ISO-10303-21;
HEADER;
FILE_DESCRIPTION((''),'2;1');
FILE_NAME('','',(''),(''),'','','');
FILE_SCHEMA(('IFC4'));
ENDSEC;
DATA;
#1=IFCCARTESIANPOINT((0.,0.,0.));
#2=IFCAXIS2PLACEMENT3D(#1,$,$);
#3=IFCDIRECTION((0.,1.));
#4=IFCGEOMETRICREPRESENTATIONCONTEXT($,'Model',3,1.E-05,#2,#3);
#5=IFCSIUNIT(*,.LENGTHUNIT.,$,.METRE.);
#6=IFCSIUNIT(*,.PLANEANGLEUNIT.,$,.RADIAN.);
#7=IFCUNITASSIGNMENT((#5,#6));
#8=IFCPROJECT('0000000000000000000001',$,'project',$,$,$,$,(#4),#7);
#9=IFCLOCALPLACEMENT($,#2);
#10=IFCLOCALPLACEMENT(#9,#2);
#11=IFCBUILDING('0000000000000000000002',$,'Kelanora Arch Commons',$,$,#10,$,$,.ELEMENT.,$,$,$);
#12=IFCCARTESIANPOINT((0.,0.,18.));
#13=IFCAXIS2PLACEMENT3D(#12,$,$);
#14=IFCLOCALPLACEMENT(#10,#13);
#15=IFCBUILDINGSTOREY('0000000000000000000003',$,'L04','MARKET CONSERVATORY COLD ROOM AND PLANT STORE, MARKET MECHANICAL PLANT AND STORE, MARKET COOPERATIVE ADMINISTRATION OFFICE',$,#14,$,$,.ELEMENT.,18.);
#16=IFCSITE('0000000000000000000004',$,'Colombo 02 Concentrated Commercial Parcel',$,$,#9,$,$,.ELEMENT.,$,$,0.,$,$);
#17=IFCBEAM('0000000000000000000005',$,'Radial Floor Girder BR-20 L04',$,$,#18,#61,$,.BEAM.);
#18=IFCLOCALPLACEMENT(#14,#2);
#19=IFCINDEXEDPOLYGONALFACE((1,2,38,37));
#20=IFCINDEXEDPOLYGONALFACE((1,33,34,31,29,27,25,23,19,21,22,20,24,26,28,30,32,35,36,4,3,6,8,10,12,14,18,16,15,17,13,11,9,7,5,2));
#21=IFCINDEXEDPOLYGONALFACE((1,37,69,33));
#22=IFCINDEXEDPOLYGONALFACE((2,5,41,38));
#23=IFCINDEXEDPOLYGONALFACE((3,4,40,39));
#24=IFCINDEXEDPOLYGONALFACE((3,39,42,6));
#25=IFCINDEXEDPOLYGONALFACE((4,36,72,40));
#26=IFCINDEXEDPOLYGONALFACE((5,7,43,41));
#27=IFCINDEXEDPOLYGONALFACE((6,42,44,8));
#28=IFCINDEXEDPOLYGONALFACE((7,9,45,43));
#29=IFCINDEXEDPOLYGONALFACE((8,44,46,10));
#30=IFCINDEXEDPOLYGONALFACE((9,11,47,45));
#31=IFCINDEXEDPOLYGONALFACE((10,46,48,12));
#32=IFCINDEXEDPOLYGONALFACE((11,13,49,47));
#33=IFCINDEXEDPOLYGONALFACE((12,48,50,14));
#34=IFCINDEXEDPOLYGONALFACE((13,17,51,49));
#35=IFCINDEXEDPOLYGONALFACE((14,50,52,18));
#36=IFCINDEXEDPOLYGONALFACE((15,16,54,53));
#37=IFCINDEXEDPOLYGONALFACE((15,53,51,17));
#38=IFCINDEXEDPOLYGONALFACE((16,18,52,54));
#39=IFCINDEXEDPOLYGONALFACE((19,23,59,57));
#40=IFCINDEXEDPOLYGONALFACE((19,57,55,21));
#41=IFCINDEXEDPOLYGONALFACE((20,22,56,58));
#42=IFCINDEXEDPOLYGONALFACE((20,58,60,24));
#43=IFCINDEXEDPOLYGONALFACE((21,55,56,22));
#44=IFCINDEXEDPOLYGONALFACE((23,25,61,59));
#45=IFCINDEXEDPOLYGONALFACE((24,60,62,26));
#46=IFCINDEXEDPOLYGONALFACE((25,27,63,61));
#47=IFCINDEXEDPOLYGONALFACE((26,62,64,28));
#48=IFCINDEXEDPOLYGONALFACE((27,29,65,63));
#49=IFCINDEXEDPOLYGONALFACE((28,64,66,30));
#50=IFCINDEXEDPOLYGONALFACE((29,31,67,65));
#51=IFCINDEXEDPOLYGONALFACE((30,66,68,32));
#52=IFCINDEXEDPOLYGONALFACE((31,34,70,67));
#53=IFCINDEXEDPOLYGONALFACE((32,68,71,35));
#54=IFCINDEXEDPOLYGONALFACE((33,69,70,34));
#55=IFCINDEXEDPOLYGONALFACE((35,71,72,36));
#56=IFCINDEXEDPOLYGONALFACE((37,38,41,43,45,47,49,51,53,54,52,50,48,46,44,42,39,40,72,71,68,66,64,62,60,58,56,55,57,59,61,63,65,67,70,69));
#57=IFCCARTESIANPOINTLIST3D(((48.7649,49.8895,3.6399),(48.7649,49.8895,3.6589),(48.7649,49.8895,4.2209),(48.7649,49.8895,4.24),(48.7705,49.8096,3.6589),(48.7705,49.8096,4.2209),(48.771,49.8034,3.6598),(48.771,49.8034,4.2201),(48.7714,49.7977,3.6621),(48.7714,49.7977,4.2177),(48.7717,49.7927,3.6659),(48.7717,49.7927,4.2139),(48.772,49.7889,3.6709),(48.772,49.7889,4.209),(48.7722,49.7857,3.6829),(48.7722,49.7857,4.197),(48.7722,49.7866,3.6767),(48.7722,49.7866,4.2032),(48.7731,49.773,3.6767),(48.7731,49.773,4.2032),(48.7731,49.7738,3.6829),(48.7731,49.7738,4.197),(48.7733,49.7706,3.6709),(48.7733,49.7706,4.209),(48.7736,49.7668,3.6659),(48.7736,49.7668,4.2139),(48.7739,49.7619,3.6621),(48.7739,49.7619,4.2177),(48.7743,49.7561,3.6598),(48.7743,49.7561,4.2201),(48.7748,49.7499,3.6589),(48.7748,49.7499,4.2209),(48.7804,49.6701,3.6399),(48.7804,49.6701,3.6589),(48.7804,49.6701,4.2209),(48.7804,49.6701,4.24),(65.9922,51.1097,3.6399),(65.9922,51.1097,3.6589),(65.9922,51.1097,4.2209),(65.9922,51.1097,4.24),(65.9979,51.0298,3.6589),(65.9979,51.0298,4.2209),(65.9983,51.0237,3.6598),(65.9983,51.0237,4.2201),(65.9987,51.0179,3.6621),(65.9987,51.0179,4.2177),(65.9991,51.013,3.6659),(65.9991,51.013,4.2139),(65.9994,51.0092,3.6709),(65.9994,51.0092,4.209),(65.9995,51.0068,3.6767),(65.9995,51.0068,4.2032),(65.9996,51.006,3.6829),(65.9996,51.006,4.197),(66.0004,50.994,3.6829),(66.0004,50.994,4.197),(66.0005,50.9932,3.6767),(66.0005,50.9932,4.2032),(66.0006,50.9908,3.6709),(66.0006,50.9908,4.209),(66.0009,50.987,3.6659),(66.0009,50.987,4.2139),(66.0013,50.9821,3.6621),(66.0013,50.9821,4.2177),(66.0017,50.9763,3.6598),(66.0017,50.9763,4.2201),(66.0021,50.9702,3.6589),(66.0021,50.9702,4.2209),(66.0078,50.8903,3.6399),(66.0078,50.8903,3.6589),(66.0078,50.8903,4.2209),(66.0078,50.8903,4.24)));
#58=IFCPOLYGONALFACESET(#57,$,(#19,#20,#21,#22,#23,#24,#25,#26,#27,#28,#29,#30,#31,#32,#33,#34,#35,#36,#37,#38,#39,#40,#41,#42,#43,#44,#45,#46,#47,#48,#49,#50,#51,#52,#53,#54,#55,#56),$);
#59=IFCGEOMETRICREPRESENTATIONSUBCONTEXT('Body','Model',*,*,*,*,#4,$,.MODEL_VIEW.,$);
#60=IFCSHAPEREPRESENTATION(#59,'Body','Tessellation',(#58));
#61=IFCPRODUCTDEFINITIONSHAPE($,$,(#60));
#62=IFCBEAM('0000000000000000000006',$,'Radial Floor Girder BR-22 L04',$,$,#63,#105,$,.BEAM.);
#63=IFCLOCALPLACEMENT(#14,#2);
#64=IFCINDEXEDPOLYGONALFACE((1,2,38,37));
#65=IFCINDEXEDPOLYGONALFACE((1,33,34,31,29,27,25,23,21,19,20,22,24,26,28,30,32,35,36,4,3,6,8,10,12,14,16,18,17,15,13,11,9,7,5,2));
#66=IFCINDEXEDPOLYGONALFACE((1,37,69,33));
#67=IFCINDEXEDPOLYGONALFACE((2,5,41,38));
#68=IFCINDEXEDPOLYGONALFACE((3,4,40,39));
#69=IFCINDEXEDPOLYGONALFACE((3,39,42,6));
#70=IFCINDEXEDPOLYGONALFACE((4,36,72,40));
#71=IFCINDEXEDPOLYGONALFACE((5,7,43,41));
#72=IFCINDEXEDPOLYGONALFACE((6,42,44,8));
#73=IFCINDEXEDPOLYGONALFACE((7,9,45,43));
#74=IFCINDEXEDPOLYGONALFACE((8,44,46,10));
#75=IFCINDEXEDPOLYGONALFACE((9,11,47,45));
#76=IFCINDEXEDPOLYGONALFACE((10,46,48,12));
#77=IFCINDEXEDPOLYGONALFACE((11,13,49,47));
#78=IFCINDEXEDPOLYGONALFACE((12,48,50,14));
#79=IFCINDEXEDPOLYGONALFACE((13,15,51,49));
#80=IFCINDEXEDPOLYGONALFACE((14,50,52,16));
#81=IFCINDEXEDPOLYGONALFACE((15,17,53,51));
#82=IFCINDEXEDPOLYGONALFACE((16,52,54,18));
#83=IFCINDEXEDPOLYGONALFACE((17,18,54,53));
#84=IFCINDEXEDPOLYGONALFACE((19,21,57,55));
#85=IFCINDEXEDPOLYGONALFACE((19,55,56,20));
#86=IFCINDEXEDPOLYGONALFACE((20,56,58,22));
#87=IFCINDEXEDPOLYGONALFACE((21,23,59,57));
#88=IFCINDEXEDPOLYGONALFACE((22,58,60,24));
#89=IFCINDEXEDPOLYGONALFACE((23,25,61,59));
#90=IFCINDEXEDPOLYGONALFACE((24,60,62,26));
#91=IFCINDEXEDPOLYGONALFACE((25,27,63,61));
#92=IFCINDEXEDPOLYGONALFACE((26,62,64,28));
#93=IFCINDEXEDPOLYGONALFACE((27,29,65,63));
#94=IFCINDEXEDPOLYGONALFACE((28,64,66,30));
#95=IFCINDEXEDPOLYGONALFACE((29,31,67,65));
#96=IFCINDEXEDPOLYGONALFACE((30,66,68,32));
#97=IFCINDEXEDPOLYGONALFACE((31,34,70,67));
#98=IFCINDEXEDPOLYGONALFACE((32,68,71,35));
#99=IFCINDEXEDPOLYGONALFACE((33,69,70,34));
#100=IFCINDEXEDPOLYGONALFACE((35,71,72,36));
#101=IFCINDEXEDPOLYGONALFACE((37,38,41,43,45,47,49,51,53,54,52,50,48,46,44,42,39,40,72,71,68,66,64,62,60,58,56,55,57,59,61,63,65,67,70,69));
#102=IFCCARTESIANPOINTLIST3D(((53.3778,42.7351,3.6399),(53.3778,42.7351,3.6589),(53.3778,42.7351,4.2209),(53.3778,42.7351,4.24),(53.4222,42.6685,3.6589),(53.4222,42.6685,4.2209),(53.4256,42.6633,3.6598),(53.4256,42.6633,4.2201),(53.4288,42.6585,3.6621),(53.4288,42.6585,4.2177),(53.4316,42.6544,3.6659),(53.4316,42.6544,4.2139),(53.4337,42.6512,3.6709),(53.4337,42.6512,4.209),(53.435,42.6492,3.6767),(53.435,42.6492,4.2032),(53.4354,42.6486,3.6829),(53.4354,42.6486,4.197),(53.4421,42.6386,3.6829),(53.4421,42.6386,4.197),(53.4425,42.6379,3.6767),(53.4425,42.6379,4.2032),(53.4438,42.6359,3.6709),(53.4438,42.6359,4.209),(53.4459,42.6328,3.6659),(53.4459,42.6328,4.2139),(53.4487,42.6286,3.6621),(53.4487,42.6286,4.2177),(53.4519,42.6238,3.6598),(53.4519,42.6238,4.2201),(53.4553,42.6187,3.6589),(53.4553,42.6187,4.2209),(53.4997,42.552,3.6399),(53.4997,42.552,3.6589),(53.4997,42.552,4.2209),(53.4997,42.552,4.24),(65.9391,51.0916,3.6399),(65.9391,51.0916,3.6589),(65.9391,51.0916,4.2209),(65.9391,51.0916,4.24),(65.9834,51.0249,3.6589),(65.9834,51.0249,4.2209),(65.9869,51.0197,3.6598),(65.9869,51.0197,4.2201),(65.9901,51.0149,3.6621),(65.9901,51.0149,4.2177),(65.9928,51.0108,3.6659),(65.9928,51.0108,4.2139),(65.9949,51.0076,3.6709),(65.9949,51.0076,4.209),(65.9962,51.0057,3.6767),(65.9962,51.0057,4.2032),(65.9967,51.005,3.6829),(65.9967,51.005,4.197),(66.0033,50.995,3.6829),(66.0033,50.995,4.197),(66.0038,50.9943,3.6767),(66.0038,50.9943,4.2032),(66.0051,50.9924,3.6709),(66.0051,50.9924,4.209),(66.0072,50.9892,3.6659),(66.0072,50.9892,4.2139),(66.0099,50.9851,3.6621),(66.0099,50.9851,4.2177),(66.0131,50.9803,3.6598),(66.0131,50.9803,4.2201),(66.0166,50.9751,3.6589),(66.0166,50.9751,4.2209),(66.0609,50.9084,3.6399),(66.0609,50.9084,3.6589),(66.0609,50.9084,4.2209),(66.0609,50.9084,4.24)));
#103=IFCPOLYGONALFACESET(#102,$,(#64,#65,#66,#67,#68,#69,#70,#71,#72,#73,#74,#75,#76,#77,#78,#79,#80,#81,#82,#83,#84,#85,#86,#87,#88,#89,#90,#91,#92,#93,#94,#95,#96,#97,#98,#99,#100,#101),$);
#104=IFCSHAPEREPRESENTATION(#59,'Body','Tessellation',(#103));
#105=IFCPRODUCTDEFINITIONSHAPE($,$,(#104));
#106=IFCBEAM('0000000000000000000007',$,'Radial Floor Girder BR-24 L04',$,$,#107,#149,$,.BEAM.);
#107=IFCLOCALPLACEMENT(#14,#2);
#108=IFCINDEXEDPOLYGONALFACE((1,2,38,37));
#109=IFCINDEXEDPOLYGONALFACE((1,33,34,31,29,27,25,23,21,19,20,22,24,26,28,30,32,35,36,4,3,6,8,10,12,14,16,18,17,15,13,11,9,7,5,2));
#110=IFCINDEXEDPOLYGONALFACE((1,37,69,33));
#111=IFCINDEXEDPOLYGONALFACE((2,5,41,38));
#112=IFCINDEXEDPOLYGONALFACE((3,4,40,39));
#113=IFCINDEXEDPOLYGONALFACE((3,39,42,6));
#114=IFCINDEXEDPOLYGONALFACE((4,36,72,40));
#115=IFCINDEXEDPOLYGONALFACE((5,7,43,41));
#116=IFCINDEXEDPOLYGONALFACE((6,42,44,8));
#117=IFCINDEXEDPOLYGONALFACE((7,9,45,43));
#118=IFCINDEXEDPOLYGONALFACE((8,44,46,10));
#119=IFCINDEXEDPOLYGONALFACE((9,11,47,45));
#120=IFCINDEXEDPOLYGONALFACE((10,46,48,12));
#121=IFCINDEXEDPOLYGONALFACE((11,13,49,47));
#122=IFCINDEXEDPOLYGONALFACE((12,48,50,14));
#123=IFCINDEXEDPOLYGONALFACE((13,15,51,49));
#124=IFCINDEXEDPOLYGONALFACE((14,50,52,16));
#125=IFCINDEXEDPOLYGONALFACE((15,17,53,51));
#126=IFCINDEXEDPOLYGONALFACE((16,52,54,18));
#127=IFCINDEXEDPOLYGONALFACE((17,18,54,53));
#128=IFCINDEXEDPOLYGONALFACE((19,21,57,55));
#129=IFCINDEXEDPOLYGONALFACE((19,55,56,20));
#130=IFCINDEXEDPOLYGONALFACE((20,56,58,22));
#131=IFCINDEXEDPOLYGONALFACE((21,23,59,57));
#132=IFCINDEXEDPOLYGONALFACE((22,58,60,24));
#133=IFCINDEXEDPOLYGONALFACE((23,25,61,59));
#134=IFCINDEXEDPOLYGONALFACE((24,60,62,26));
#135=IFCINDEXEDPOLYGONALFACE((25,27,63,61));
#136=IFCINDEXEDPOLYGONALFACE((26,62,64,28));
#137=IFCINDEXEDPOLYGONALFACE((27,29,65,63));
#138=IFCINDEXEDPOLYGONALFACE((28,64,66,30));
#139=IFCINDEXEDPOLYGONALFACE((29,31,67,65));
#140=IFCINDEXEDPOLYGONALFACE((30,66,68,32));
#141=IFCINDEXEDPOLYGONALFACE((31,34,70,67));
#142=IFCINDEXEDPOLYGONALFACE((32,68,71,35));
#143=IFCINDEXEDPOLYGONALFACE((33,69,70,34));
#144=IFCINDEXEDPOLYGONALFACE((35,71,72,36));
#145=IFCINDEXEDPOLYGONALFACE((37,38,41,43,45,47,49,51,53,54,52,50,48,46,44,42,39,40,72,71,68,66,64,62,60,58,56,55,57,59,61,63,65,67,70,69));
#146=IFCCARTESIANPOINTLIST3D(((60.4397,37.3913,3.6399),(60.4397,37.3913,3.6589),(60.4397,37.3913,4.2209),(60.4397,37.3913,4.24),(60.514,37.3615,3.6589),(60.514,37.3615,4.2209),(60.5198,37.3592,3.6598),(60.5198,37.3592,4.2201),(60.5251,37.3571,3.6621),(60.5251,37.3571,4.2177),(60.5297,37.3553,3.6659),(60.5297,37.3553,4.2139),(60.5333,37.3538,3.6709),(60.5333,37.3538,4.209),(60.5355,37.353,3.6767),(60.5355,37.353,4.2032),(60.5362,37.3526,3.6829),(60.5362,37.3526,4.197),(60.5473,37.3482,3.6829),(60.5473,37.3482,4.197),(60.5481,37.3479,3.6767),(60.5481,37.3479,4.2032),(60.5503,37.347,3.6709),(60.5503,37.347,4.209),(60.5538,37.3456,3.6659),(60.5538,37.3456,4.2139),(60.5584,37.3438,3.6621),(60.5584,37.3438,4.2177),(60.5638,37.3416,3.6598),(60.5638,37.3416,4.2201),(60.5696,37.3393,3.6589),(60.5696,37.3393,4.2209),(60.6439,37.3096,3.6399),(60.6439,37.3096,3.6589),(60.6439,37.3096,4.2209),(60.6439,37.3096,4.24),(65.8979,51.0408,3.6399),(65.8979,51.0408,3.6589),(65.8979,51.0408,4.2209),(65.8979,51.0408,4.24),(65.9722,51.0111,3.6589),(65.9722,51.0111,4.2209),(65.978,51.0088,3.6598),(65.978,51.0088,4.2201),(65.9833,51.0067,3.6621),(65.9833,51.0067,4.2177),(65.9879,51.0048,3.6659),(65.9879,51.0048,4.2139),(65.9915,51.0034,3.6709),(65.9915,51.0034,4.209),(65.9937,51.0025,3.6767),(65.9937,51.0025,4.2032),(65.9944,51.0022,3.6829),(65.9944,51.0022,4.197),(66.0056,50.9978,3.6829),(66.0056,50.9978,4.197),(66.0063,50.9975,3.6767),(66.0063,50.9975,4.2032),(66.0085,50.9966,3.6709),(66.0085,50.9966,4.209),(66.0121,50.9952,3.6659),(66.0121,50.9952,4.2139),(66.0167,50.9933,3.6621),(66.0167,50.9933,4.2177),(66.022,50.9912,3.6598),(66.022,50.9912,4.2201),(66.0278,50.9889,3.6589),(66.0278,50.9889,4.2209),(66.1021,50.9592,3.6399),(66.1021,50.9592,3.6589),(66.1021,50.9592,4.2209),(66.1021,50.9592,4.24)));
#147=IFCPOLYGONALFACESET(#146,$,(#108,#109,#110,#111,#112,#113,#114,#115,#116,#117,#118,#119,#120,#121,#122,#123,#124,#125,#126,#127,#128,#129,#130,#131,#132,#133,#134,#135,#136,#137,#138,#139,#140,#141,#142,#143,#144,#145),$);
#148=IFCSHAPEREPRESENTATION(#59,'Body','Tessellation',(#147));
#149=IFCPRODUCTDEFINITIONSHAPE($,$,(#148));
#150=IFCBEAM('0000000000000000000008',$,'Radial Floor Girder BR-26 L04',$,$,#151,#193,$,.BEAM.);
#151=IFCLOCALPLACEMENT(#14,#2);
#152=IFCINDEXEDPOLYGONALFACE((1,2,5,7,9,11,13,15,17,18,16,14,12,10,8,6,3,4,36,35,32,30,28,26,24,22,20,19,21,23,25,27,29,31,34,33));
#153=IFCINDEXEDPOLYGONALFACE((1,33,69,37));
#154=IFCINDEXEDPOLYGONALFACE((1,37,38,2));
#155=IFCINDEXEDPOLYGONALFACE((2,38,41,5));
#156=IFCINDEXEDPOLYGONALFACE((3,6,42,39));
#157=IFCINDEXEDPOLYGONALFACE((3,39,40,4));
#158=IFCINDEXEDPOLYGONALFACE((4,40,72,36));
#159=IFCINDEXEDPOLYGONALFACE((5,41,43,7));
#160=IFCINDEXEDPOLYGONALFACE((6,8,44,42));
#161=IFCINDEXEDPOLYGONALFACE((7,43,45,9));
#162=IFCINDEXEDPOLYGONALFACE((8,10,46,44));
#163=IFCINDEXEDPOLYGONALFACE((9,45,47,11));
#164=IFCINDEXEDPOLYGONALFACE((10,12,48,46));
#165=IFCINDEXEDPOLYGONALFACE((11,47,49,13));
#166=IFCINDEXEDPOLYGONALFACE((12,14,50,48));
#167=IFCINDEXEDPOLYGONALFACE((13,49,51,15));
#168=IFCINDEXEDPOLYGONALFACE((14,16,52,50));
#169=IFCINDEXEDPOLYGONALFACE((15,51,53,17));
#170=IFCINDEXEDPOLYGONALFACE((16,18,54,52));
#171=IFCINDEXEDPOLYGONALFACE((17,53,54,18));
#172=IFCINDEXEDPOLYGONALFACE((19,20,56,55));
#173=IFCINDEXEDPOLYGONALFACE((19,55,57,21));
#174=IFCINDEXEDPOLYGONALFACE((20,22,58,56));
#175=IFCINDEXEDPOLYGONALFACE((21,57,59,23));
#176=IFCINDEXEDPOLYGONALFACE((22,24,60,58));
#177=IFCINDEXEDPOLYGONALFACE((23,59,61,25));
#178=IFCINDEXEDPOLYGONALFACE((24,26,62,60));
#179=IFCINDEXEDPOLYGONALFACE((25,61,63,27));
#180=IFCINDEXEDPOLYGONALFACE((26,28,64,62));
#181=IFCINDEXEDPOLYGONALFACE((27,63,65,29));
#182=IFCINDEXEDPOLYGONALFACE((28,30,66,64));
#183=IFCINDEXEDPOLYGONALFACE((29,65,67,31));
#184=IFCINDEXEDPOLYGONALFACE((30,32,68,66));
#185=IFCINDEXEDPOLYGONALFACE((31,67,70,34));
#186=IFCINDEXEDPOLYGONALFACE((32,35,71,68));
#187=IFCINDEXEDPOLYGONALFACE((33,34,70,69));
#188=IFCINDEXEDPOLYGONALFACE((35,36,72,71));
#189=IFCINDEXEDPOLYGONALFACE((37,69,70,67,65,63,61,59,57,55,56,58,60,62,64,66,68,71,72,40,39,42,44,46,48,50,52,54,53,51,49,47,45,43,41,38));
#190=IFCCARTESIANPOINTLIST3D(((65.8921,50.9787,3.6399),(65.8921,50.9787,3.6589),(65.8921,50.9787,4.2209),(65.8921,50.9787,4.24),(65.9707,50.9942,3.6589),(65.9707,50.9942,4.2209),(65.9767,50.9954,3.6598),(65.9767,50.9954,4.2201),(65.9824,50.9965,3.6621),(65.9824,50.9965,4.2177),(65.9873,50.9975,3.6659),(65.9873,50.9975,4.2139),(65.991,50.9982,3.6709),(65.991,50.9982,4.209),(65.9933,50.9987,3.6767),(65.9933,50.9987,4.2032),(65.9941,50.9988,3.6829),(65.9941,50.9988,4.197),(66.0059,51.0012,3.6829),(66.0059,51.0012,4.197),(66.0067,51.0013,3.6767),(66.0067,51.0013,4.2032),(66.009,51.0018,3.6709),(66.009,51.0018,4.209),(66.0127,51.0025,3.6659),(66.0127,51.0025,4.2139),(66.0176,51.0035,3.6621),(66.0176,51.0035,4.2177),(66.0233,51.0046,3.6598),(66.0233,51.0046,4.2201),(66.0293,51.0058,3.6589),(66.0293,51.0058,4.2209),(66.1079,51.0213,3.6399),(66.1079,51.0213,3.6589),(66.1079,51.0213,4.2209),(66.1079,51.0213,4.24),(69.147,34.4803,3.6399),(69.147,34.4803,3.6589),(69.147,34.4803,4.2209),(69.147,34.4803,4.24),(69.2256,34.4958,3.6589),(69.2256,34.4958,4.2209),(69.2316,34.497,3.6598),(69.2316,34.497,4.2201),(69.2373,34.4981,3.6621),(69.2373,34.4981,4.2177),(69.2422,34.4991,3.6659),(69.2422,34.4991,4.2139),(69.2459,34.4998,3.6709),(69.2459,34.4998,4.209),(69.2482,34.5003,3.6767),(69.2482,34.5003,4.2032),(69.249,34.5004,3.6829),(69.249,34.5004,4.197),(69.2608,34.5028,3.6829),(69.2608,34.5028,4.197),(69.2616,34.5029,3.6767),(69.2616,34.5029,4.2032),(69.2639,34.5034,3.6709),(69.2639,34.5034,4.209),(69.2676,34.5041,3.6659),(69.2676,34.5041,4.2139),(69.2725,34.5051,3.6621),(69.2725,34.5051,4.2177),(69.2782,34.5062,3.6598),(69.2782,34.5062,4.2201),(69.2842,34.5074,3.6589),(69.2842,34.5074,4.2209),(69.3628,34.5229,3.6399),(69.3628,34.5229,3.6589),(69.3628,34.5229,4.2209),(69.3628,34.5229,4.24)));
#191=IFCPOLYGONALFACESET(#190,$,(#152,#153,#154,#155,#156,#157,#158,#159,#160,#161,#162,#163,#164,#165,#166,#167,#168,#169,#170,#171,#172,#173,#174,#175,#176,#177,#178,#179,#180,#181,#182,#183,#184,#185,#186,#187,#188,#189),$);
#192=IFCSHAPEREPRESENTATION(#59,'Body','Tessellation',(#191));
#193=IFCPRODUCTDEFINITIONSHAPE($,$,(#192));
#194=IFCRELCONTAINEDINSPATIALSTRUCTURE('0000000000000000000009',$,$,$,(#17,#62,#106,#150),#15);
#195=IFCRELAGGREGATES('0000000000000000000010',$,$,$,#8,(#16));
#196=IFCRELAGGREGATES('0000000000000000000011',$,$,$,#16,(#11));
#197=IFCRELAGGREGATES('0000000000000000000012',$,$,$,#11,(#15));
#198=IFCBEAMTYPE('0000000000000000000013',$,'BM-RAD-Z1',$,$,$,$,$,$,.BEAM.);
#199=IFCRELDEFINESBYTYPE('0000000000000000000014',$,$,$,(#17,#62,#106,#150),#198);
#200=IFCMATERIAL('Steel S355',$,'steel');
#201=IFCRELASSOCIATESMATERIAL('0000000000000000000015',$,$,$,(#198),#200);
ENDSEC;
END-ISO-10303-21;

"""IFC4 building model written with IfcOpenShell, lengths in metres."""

from ifc_helpers import new_model, si_unit, direction, frame, origin, origin_2d, place, context, subcontext, project, spatial, i_section, extrude, material, material_profile, profile_set, type_object, element, save


model = new_model("IFC4")

# Units and contexts
model_context = context("Model", 3, precision=1e-05, world=origin(), true_north=direction((0.0, 1.0)))
body_context = subcontext(model_context, "Body", "Model", "MODEL_VIEW")
ifc_project = project(units=[si_unit("LENGTHUNIT", "METRE"), si_unit("PLANEANGLEUNIT", "RADIAN")], contexts=[model_context])

# Site, building, storey
site_placement = place(None, origin())
site = spatial("IfcSite", under=ifc_project, at=site_placement, Name="Colombo 02 Concentrated Commercial Parcel", CompositionType="ELEMENT", RefElevation=0.0)
building_placement = place(site_placement, origin())
building = spatial("IfcBuilding", under=site, at=building_placement, Name="Kelanora Arch Commons", CompositionType="ELEMENT")
storey_placement = place(building_placement, frame((0.0, 0.0, 18.0)))
storey = spatial("IfcBuildingStorey", under=building, at=storey_placement, Name="L04", Description="MARKET CONSERVATORY COLD ROOM AND PLANT STORE, MARKET MECHANICAL PLANT AND STORE, MARKET COOPERATIVE ADMINISTRATION OFFICE", CompositionType="ELEMENT", Elevation=18.0)

# Beams
ifc_material_1 = material(Name="Steel S355", Category="steel")
ifc_material_profile_1 = material_profile(ifc_material_1, i_section(OverallWidth=0.22, OverallDepth=0.6001, WebThickness=0.012, FlangeThickness=0.019, FilletRadius=0.0239, at=origin_2d()), Name="IPE600")
ifc_profile_set_1 = profile_set([ifc_material_profile_1], Name="Steel S355")
beam_type_1 = type_object("IfcBeamType", Name="BM-RAD-Z1", PredefinedType="BEAM", material=ifc_profile_set_1)
beam_1_placement = place(storey_placement, frame((66.0, 51.0, 3.9399), z_axis=(-0.997501, -0.070653, 0.0), x_axis=(0.070653, -0.997501, 0.0)))
element("IfcBeam", 1, at=beam_1_placement, inside=storey, type_object=beam_type_1, Name="Radial Floor Girder BR-20 L04", PredefinedType="BEAM", context=body_context, shape_type="SweptSolid", body=[
    extrude(i_section(OverallWidth=0.22, OverallDepth=0.6001, WebThickness=0.012, FlangeThickness=0.019, FilletRadius=0.0239, at=origin_2d()), origin(), (0.0, 0.0, 1.0), 17.2705),
])
beam_2_placement = place(storey_placement, frame((66.0, 51.0, 3.9399), z_axis=(-0.832593, -0.553886, 0.0), x_axis=(0.553886, -0.832593, 0.0)))
element("IfcBeam", 2, at=beam_2_placement, inside=storey, type_object=beam_type_1, Name="Radial Floor Girder BR-22 L04", PredefinedType="BEAM", context=body_context, shape_type="SweptSolid", body=[
    extrude(i_section(OverallWidth=0.22, OverallDepth=0.6001, WebThickness=0.012, FlangeThickness=0.019, FilletRadius=0.0239, at=origin_2d()), origin(), (0.0, 0.0, 1.0), 15.0869),
])
beam_3_placement = place(storey_placement, frame((66.0, 51.0, 3.9399), z_axis=(-0.371296, -0.928514, 0.0), x_axis=(0.928514, -0.371296, 0.0)))
element("IfcBeam", 3, at=beam_3_placement, inside=storey, type_object=beam_type_1, Name="Radial Floor Girder BR-24 L04", PredefinedType="BEAM", context=body_context, shape_type="SweptSolid", body=[
    extrude(i_section(OverallWidth=0.22, OverallDepth=0.6001, WebThickness=0.012, FlangeThickness=0.019, FilletRadius=0.0239, at=origin_2d()), origin(), (0.0, 0.0, 1.0), 14.7004),
])
beam_4_placement = place(storey_placement, frame((66.0, 51.0, 3.9399), z_axis=(0.193555, -0.981089, 0.0), x_axis=(0.981089, 0.193555, 0.0)))
element("IfcBeam", 4, at=beam_4_placement, inside=storey, type_object=beam_type_1, Name="Radial Floor Girder BR-26 L04", PredefinedType="BEAM", context=body_context, shape_type="SweptSolid", body=[
    extrude(i_section(OverallWidth=0.22, OverallDepth=0.6001, WebThickness=0.012, FlangeThickness=0.019, FilletRadius=0.0239, at=origin_2d()), origin(), (0.0, 0.0, 1.0), 16.8164),
])

save(model, "model.ifc")
